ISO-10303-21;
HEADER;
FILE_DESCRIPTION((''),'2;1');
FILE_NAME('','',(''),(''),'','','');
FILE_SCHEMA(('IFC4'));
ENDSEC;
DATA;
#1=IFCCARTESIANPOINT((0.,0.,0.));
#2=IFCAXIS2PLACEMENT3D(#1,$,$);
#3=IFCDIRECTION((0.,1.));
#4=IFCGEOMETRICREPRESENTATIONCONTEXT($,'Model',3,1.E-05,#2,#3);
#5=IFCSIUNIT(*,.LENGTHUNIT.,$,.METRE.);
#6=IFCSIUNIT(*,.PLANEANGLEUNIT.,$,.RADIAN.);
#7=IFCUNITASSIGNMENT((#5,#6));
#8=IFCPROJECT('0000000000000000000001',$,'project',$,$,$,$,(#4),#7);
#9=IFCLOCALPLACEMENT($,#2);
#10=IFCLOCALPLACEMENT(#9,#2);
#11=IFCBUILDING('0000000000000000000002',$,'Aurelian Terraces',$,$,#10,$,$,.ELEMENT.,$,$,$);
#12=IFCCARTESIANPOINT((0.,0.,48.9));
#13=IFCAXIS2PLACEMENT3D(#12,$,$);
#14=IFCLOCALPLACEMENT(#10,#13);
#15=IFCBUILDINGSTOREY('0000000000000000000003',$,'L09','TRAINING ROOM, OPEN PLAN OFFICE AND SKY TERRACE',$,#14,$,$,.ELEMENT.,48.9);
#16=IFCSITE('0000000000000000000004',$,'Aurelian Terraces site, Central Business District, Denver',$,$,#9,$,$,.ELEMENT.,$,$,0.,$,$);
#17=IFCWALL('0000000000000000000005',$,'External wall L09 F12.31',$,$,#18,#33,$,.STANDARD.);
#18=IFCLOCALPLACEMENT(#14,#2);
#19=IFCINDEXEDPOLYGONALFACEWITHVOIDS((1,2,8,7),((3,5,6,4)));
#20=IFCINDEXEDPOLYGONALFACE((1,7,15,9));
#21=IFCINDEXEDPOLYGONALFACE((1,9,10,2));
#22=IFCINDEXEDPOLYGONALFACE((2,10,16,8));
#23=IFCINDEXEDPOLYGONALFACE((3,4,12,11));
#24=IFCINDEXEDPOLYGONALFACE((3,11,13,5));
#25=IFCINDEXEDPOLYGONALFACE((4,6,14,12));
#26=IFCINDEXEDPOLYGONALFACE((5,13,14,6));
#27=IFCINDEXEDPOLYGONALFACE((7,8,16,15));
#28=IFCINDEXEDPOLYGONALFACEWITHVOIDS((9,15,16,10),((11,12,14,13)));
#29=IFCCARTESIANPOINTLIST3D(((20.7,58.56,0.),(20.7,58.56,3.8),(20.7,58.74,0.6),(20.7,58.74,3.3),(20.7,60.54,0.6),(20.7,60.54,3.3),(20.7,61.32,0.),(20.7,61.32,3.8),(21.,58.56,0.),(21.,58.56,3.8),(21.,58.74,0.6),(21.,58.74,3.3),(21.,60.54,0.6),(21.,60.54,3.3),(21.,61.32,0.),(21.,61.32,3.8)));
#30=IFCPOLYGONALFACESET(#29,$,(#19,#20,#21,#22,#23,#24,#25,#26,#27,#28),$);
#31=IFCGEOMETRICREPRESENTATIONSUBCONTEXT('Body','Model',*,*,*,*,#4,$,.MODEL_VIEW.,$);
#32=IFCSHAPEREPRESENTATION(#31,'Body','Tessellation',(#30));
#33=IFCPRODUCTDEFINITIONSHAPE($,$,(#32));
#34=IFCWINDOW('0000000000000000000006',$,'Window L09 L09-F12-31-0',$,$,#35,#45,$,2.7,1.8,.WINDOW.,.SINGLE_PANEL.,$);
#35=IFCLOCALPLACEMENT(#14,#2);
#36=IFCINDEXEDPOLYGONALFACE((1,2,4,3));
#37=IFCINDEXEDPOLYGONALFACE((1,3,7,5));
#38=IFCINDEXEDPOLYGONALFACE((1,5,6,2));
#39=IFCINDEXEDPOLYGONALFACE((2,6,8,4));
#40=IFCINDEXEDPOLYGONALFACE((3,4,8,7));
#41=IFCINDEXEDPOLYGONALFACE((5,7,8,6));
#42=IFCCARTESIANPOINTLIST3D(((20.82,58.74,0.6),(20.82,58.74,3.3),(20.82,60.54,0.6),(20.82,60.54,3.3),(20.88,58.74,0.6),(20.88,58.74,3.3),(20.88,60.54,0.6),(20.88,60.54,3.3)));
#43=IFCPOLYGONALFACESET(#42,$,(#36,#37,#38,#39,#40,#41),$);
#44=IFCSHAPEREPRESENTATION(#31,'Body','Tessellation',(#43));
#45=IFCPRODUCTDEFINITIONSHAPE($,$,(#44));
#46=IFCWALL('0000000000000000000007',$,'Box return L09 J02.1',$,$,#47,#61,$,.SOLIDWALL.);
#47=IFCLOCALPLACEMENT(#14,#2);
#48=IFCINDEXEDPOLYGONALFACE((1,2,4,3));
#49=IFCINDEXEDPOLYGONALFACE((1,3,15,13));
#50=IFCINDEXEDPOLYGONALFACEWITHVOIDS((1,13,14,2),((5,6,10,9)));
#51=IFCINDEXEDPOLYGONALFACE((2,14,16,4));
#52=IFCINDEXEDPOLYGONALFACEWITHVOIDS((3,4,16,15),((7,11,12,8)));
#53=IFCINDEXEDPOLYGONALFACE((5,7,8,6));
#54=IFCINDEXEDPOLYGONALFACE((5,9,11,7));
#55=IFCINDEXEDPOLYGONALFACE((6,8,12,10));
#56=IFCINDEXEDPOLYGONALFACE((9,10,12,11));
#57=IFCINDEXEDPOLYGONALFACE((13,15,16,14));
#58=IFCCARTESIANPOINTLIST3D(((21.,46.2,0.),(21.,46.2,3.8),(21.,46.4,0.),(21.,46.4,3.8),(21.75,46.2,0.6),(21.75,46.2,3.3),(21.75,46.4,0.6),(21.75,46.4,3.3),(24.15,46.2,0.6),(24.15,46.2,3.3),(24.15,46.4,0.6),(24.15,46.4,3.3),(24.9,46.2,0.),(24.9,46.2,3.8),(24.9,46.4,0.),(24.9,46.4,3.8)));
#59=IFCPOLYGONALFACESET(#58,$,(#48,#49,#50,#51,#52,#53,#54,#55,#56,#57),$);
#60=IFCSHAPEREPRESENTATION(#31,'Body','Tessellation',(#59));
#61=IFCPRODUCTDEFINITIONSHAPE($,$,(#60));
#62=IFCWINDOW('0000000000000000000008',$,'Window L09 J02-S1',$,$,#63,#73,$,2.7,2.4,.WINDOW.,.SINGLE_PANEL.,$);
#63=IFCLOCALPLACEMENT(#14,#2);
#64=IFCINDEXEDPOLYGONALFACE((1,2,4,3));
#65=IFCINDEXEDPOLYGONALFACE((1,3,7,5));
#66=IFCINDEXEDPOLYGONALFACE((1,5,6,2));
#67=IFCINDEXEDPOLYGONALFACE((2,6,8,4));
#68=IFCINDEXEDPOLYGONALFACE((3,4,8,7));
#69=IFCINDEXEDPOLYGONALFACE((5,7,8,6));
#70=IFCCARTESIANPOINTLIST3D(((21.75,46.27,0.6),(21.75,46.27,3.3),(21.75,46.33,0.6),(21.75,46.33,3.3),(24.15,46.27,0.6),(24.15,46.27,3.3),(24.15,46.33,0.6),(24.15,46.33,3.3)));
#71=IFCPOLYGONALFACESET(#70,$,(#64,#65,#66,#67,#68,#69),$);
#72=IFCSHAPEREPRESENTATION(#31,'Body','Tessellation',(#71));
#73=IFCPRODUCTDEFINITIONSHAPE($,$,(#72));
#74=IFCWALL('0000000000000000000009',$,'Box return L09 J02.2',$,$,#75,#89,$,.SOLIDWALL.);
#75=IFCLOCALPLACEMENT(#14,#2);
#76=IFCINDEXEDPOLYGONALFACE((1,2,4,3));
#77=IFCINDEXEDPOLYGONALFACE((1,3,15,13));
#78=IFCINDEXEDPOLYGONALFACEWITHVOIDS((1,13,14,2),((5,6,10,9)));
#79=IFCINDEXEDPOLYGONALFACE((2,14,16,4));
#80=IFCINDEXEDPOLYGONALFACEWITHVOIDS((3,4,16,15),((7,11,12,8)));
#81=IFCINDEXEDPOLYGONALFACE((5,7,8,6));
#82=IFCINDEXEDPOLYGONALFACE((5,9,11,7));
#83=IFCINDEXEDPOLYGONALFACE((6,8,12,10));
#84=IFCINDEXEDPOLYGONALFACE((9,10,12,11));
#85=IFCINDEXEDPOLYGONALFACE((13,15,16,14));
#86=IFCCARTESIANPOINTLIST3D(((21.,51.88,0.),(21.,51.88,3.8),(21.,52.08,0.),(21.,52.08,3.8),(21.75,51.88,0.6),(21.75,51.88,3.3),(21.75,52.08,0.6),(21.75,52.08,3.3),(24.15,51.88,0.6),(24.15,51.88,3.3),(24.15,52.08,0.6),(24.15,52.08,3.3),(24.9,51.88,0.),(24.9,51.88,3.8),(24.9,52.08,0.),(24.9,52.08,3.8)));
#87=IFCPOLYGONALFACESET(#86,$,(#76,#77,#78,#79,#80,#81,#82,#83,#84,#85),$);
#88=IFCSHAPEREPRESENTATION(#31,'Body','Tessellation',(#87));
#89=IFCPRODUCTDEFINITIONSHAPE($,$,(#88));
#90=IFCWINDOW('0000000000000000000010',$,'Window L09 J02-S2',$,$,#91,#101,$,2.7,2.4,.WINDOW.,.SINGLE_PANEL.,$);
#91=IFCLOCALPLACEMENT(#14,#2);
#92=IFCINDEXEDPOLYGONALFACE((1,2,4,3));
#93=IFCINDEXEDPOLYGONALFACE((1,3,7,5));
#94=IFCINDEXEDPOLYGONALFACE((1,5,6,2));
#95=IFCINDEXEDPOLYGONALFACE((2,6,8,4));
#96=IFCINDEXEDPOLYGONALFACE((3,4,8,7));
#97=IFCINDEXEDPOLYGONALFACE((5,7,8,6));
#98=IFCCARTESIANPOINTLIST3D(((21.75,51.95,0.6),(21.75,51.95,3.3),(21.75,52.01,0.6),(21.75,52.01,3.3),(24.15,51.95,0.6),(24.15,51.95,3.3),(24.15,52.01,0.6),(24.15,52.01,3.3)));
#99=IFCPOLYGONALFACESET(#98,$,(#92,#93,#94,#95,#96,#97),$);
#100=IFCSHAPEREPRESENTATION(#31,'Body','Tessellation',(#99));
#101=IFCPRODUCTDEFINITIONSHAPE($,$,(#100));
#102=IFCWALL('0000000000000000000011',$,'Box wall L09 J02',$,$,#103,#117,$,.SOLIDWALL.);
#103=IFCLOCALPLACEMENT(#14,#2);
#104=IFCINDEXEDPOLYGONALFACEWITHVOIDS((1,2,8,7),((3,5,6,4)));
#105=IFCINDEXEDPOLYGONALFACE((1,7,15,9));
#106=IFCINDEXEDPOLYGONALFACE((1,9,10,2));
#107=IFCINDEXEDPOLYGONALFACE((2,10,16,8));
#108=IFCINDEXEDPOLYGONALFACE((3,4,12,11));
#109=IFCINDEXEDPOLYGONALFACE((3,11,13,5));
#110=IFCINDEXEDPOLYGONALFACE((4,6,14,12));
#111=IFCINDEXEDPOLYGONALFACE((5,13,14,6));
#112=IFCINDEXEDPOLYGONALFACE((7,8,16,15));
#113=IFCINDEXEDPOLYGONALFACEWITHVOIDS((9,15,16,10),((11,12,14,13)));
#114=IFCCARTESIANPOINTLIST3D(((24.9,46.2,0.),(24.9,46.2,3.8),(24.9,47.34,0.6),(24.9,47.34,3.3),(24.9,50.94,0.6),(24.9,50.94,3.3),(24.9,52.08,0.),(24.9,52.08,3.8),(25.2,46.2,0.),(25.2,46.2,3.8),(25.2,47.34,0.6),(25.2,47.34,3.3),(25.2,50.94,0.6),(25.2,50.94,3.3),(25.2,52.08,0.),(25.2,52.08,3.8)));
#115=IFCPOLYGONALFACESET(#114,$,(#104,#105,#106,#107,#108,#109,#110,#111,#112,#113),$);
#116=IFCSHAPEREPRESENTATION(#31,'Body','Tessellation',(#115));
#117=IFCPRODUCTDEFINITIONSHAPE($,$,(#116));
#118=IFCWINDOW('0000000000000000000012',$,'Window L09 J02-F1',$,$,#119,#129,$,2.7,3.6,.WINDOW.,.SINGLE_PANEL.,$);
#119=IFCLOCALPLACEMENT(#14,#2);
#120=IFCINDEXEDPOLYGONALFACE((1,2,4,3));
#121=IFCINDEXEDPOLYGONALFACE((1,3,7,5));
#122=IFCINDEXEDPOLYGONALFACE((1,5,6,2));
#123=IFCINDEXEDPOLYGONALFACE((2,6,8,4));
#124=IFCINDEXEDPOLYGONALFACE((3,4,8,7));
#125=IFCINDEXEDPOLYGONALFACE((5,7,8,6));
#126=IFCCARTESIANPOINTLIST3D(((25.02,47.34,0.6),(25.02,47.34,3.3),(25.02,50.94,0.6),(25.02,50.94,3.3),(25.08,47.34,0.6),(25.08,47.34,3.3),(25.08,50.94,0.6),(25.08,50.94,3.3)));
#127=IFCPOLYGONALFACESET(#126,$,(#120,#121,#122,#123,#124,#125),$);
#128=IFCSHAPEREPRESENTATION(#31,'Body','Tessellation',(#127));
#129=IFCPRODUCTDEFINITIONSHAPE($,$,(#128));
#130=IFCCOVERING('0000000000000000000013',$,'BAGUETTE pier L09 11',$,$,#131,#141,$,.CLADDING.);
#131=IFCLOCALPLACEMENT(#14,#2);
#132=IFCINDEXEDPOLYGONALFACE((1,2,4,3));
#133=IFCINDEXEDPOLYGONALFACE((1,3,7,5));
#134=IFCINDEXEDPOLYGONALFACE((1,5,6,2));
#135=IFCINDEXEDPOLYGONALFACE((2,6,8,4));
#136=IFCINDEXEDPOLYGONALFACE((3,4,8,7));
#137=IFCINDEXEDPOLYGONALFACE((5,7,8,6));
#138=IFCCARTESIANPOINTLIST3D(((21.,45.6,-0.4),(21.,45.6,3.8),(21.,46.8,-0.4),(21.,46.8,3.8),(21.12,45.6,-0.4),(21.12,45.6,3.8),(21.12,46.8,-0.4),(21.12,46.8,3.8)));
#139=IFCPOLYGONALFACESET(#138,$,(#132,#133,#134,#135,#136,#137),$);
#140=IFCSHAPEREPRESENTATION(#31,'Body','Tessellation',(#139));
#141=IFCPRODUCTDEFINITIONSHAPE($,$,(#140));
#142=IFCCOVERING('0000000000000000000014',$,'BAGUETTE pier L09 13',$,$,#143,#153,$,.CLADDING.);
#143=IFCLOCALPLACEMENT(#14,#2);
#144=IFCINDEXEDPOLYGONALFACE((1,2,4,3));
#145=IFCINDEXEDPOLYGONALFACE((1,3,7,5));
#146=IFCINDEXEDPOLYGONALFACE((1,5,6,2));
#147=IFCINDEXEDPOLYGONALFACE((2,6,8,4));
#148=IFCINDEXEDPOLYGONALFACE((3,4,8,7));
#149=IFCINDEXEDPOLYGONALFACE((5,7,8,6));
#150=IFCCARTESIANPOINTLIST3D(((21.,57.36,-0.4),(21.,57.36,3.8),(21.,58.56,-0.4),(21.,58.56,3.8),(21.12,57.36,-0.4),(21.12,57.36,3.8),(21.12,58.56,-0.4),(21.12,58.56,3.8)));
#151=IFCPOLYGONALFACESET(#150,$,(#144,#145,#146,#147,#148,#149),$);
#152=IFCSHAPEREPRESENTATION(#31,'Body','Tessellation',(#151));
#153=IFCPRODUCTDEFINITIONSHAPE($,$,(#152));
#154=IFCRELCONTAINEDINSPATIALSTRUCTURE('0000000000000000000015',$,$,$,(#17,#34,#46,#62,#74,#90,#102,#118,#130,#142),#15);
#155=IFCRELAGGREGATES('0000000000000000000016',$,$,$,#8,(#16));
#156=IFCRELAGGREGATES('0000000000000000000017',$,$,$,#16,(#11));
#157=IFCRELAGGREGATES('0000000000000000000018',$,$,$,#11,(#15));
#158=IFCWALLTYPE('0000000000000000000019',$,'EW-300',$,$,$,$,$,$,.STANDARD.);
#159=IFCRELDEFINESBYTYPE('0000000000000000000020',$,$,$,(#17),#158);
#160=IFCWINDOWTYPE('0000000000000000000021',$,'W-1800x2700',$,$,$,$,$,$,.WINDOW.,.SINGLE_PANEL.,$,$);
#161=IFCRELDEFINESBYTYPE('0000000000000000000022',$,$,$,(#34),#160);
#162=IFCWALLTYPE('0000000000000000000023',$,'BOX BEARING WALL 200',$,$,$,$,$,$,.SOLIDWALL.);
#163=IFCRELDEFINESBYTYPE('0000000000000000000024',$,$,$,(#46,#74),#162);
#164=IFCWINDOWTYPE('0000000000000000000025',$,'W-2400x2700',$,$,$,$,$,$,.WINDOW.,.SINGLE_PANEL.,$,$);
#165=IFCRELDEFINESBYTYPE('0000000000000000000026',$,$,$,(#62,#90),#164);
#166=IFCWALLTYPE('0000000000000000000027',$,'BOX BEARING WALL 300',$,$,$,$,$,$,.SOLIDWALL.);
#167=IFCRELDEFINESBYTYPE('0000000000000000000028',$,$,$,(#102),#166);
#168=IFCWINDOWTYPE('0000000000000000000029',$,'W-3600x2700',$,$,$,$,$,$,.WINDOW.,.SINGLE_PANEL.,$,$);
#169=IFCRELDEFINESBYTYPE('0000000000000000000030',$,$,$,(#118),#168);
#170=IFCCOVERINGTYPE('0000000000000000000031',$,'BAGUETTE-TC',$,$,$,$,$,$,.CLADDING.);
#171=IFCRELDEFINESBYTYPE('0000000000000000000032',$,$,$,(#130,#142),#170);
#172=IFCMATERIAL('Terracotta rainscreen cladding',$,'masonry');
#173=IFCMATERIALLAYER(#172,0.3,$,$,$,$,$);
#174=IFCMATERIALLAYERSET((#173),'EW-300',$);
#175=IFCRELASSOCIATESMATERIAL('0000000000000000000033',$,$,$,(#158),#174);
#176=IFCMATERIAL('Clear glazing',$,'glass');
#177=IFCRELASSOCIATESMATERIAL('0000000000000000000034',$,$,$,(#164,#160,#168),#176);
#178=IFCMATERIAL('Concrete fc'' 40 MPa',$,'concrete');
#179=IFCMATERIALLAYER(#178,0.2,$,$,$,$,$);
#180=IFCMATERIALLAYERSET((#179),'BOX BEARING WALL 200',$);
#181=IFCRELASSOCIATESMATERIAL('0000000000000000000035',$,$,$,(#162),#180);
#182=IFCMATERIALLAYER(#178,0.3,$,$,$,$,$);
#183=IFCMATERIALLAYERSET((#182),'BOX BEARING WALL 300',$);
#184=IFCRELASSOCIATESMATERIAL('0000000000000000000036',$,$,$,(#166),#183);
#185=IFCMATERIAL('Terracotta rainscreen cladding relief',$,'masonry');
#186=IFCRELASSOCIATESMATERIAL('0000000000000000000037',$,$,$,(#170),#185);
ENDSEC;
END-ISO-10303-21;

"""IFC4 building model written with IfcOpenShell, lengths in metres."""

from ifc_helpers import new_model, si_unit, direction, frame, frame_2d, origin, origin_2d, place, context, subcontext, project, spatial, rectangle, extrude, source, transform, mapped, material, layer, layer_set, type_object, element, fill, save


model = new_model("IFC4")

# Units and contexts
model_context = context("Model", 3, precision=1e-05, world=origin(), true_north=direction((0.0, 1.0)))
body_context = subcontext(model_context, "Body", "Model", "MODEL_VIEW")
ifc_project = project(units=[si_unit("LENGTHUNIT", "METRE"), si_unit("PLANEANGLEUNIT", "RADIAN")], contexts=[model_context])

# Site, building, storey
site_placement = place(None, origin())
site = spatial("IfcSite", under=ifc_project, at=site_placement, Name="Aurelian Terraces site, Central Business District, Denver", CompositionType="ELEMENT", RefElevation=0.0)
building_placement = place(site_placement, origin())
building = spatial("IfcBuilding", under=site, at=building_placement, Name="Aurelian Terraces", CompositionType="ELEMENT")
storey_placement = place(building_placement, frame((0.0, 0.0, 48.9)))
storey = spatial("IfcBuildingStorey", under=building, at=storey_placement, Name="L09", Description="TRAINING ROOM, OPEN PLAN OFFICE AND SKY TERRACE", CompositionType="ELEMENT", Elevation=48.9)

# Shared definitions
ifc_material_1 = material(Name="Terracotta rainscreen cladding", Category="masonry")
ifc_layer_1 = layer(ifc_material_1, 0.3)
ifc_layer_set_1 = layer_set([ifc_layer_1], Name="EW-300")
wall_type_1 = type_object("IfcWallType", Name="EW-300", PredefinedType="STANDARD", material=ifc_layer_set_1)

# Walls, openings, windows
ifc_material_2 = material(Name="Clear glazing", Category="glass")
window_type_1 = type_object("IfcWindowType", Name="W-2400x2700", PartitioningType="SINGLE_PANEL", PredefinedType="WINDOW", material=ifc_material_2)
shared_shape_1 = source(origin(), body_context, "Body", "SweptSolid", [
    extrude(rectangle(XDim=2.4, YDim=2.7, at=frame_2d((1.2, 1.35))), frame((0.0, 0.03, 0.0), z_axis=(0.0, -1.0, 0.0), x_axis=(1.0, 0.0, 0.0)), (0.0, 0.0, 1.0), 0.06),
])
shared_shape_2 = source(origin(), body_context, "Body", "SweptSolid", [
    extrude(rectangle(XDim=2.76, YDim=0.3, at=frame_2d((1.38, 0.0))), origin(), (0.0, 0.0, 1.0), 3.8),
])
wall_1_placement = place(storey_placement, frame((20.85, 58.56, 0.0), z_axis=(0.0, 0.0, 1.0), x_axis=(0.0, 1.0, 0.0)))
wall_1 = element("IfcWall", 1, at=wall_1_placement, inside=storey, type_object=wall_type_1, Name="External wall L09 F12.31", PredefinedType="STANDARD", context=body_context, shape_type="MappedRepresentation", body=[
    mapped(shared_shape_2, transform((0.0, 0.0, 0.0), scale=1.0)),
])
shared_shape_3 = source(origin(), body_context, "Body", "SweptSolid", [
    extrude(rectangle(XDim=1.8, YDim=2.7, at=frame_2d((0.9, 1.35))), frame((0.0, 0.16, 0.0), z_axis=(0.0, -1.0, 0.0), x_axis=(1.0, 0.0, 0.0)), (0.0, 0.0, 1.0), 0.32),
])
opening_1_placement = place(wall_1_placement, frame((0.18, 0.0, 0.6)))
opening_1 = element("IfcOpeningElement", 2, at=opening_1_placement, cuts=wall_1, PredefinedType="OPENING", context=body_context, shape_type="MappedRepresentation", body=[
    mapped(shared_shape_3, transform((0.0, 0.0, 0.0), scale=1.0)),
])
window_type_2 = type_object("IfcWindowType", Name="W-1800x2700", PartitioningType="SINGLE_PANEL", PredefinedType="WINDOW", material=ifc_material_2)
shared_shape_4 = source(origin(), body_context, "Body", "SweptSolid", [
    extrude(rectangle(XDim=1.8, YDim=2.7, at=frame_2d((0.9, 1.35))), frame((0.0, 0.03, 0.0), z_axis=(0.0, -1.0, 0.0), x_axis=(1.0, 0.0, 0.0)), (0.0, 0.0, 1.0), 0.06),
])
window_1_placement = place(opening_1_placement, origin())
window_1 = element("IfcWindow", 3, at=window_1_placement, inside=storey, type_object=window_type_2, Name="Window L09 L09-F12-31-0", OverallHeight=2.7, OverallWidth=1.8, PartitioningType="SINGLE_PANEL", PredefinedType="WINDOW", context=body_context, shape_type="MappedRepresentation", body=[
    mapped(shared_shape_4, transform((0.0, 0.0, 0.0), scale=1.0)),
])
fill(opening_1, window_1)
ifc_material_3 = material(Name="Concrete fc' 40 MPa", Category="concrete")
ifc_layer_2 = layer(ifc_material_3, 0.2)
ifc_layer_set_2 = layer_set([ifc_layer_2], Name="BOX BEARING WALL 200")
wall_type_2 = type_object("IfcWallType", Name="BOX BEARING WALL 200", PredefinedType="SOLIDWALL", material=ifc_layer_set_2)
shared_shape_5 = source(origin(), body_context, "Body", "SweptSolid", [
    extrude(rectangle(XDim=3.9, YDim=0.2, at=frame_2d((1.95, 0.0))), origin(), (0.0, 0.0, 1.0), 3.8),
])
wall_2_placement = place(storey_placement, frame((21.0, 46.3, 0.0), z_axis=(0.0, 0.0, 1.0), x_axis=(1.0, 0.0, 0.0)))
wall_2 = element("IfcWall", 4, at=wall_2_placement, inside=storey, type_object=wall_type_2, Name="Box return L09 J02.1", PredefinedType="SOLIDWALL", context=body_context, shape_type="MappedRepresentation", body=[
    mapped(shared_shape_5, transform((0.0, 0.0, 0.0), scale=1.0)),
])
shared_shape_6 = source(origin(), body_context, "Body", "SweptSolid", [
    extrude(rectangle(XDim=2.4, YDim=2.7, at=frame_2d((1.2, 1.35))), frame((0.0, 0.11, 0.0), z_axis=(0.0, -1.0, 0.0), x_axis=(1.0, 0.0, 0.0)), (0.0, 0.0, 1.0), 0.22),
])
opening_2_placement = place(wall_2_placement, frame((0.75, 0.0, 0.6)))
opening_2 = element("IfcOpeningElement", 5, at=opening_2_placement, cuts=wall_2, PredefinedType="OPENING", context=body_context, shape_type="MappedRepresentation", body=[
    mapped(shared_shape_6, transform((0.0, 0.0, 0.0), scale=1.0)),
])
window_2_placement = place(opening_2_placement, origin())
window_2 = element("IfcWindow", 6, at=window_2_placement, inside=storey, type_object=window_type_1, Name="Window L09 J02-S1", OverallHeight=2.7, OverallWidth=2.4, PartitioningType="SINGLE_PANEL", PredefinedType="WINDOW", context=body_context, shape_type="MappedRepresentation", body=[
    mapped(shared_shape_1, transform((0.0, 0.0, 0.0), scale=1.0)),
])
fill(opening_2, window_2)
wall_3_placement = place(storey_placement, frame((21.0, 51.98, 0.0), z_axis=(0.0, 0.0, 1.0), x_axis=(1.0, 0.0, 0.0)))
wall_3 = element("IfcWall", 7, at=wall_3_placement, inside=storey, type_object=wall_type_2, Name="Box return L09 J02.2", PredefinedType="SOLIDWALL", context=body_context, shape_type="MappedRepresentation", body=[
    mapped(shared_shape_5, transform((0.0, 0.0, 0.0), scale=1.0)),
])
opening_3_placement = place(wall_3_placement, frame((0.75, 0.0, 0.6)))
opening_3 = element("IfcOpeningElement", 8, at=opening_3_placement, cuts=wall_3, PredefinedType="OPENING", context=body_context, shape_type="MappedRepresentation", body=[
    mapped(shared_shape_6, transform((0.0, 0.0, 0.0), scale=1.0)),
])
window_3_placement = place(opening_3_placement, origin())
window_3 = element("IfcWindow", 9, at=window_3_placement, inside=storey, type_object=window_type_1, Name="Window L09 J02-S2", OverallHeight=2.7, OverallWidth=2.4, PartitioningType="SINGLE_PANEL", PredefinedType="WINDOW", context=body_context, shape_type="MappedRepresentation", body=[
    mapped(shared_shape_1, transform((0.0, 0.0, 0.0), scale=1.0)),
])
fill(opening_3, window_3)
ifc_layer_3 = layer(ifc_material_3, 0.3)
ifc_layer_set_3 = layer_set([ifc_layer_3], Name="BOX BEARING WALL 300")
wall_type_3 = type_object("IfcWallType", Name="BOX BEARING WALL 300", PredefinedType="SOLIDWALL", material=ifc_layer_set_3)
shared_shape_7 = source(origin(), body_context, "Body", "SweptSolid", [
    extrude(rectangle(XDim=5.88, YDim=0.3, at=frame_2d((2.94, 0.0))), origin(), (0.0, 0.0, 1.0), 3.8),
])
wall_4_placement = place(storey_placement, frame((25.05, 46.2, 0.0), z_axis=(0.0, 0.0, 1.0), x_axis=(0.0, 1.0, 0.0)))
wall_4 = element("IfcWall", 10, at=wall_4_placement, inside=storey, type_object=wall_type_3, Name="Box wall L09 J02", PredefinedType="SOLIDWALL", context=body_context, shape_type="MappedRepresentation", body=[
    mapped(shared_shape_7, transform((0.0, 0.0, 0.0), scale=1.0)),
])
shared_shape_8 = source(origin(), body_context, "Body", "SweptSolid", [
    extrude(rectangle(XDim=3.6, YDim=2.7, at=frame_2d((1.8, 1.35))), frame((0.0, 0.16, 0.0), z_axis=(0.0, -1.0, 0.0), x_axis=(1.0, 0.0, 0.0)), (0.0, 0.0, 1.0), 0.32),
])
opening_4_placement = place(wall_4_placement, frame((1.14, 0.0, 0.6)))
opening_4 = element("IfcOpeningElement", 11, at=opening_4_placement, cuts=wall_4, PredefinedType="OPENING", context=body_context, shape_type="MappedRepresentation", body=[
    mapped(shared_shape_8, transform((0.0, 0.0, 0.0), scale=1.0)),
])
window_type_3 = type_object("IfcWindowType", Name="W-3600x2700", PartitioningType="SINGLE_PANEL", PredefinedType="WINDOW", material=ifc_material_2)
shared_shape_9 = source(origin(), body_context, "Body", "SweptSolid", [
    extrude(rectangle(XDim=3.6, YDim=2.7, at=frame_2d((1.8, 1.35))), frame((0.0, 0.03, 0.0), z_axis=(0.0, -1.0, 0.0), x_axis=(1.0, 0.0, 0.0)), (0.0, 0.0, 1.0), 0.06),
])
window_4_placement = place(opening_4_placement, origin())
window_4 = element("IfcWindow", 12, at=window_4_placement, inside=storey, type_object=window_type_3, Name="Window L09 J02-F1", OverallHeight=2.7, OverallWidth=3.6, PartitioningType="SINGLE_PANEL", PredefinedType="WINDOW", context=body_context, shape_type="MappedRepresentation", body=[
    mapped(shared_shape_9, transform((0.0, 0.0, 0.0), scale=1.0)),
])
fill(opening_4, window_4)

# Coverings
ifc_material_4 = material(Name="Terracotta rainscreen cladding relief", Category="masonry")
covering_type = type_object("IfcCoveringType", Name="BAGUETTE-TC", PredefinedType="CLADDING", material=ifc_material_4)
shared_shape_10 = source(origin(), body_context, "Body", "SweptSolid", [
    extrude(rectangle(XDim=0.12, YDim=1.2, at=origin_2d()), origin(), (0.0, 0.0, 1.0), 4.2),
])
for number, where, z_axis, x_axis, name in (
    (13, (21.06, 46.2, -0.4), (0.0, 0.0, 1.0), (1.0, 0.0, 0.0), "BAGUETTE pier L09 11"),
    (14, (21.06, 57.96, -0.4), (0.0, 0.0, 1.0), (1.0, 0.0, 0.0), "BAGUETTE pier L09 13"),
):
    element("IfcCovering", number, at=place(storey_placement, frame(where, z_axis=z_axis, x_axis=x_axis)), inside=storey, type_object=covering_type, Name=name, PredefinedType="CLADDING", context=body_context, shape_type="MappedRepresentation", body=[
        mapped(shared_shape_10, transform((0.0, 0.0, 0.0), scale=1.0)),
    ])

save(model, "model.ifc")
